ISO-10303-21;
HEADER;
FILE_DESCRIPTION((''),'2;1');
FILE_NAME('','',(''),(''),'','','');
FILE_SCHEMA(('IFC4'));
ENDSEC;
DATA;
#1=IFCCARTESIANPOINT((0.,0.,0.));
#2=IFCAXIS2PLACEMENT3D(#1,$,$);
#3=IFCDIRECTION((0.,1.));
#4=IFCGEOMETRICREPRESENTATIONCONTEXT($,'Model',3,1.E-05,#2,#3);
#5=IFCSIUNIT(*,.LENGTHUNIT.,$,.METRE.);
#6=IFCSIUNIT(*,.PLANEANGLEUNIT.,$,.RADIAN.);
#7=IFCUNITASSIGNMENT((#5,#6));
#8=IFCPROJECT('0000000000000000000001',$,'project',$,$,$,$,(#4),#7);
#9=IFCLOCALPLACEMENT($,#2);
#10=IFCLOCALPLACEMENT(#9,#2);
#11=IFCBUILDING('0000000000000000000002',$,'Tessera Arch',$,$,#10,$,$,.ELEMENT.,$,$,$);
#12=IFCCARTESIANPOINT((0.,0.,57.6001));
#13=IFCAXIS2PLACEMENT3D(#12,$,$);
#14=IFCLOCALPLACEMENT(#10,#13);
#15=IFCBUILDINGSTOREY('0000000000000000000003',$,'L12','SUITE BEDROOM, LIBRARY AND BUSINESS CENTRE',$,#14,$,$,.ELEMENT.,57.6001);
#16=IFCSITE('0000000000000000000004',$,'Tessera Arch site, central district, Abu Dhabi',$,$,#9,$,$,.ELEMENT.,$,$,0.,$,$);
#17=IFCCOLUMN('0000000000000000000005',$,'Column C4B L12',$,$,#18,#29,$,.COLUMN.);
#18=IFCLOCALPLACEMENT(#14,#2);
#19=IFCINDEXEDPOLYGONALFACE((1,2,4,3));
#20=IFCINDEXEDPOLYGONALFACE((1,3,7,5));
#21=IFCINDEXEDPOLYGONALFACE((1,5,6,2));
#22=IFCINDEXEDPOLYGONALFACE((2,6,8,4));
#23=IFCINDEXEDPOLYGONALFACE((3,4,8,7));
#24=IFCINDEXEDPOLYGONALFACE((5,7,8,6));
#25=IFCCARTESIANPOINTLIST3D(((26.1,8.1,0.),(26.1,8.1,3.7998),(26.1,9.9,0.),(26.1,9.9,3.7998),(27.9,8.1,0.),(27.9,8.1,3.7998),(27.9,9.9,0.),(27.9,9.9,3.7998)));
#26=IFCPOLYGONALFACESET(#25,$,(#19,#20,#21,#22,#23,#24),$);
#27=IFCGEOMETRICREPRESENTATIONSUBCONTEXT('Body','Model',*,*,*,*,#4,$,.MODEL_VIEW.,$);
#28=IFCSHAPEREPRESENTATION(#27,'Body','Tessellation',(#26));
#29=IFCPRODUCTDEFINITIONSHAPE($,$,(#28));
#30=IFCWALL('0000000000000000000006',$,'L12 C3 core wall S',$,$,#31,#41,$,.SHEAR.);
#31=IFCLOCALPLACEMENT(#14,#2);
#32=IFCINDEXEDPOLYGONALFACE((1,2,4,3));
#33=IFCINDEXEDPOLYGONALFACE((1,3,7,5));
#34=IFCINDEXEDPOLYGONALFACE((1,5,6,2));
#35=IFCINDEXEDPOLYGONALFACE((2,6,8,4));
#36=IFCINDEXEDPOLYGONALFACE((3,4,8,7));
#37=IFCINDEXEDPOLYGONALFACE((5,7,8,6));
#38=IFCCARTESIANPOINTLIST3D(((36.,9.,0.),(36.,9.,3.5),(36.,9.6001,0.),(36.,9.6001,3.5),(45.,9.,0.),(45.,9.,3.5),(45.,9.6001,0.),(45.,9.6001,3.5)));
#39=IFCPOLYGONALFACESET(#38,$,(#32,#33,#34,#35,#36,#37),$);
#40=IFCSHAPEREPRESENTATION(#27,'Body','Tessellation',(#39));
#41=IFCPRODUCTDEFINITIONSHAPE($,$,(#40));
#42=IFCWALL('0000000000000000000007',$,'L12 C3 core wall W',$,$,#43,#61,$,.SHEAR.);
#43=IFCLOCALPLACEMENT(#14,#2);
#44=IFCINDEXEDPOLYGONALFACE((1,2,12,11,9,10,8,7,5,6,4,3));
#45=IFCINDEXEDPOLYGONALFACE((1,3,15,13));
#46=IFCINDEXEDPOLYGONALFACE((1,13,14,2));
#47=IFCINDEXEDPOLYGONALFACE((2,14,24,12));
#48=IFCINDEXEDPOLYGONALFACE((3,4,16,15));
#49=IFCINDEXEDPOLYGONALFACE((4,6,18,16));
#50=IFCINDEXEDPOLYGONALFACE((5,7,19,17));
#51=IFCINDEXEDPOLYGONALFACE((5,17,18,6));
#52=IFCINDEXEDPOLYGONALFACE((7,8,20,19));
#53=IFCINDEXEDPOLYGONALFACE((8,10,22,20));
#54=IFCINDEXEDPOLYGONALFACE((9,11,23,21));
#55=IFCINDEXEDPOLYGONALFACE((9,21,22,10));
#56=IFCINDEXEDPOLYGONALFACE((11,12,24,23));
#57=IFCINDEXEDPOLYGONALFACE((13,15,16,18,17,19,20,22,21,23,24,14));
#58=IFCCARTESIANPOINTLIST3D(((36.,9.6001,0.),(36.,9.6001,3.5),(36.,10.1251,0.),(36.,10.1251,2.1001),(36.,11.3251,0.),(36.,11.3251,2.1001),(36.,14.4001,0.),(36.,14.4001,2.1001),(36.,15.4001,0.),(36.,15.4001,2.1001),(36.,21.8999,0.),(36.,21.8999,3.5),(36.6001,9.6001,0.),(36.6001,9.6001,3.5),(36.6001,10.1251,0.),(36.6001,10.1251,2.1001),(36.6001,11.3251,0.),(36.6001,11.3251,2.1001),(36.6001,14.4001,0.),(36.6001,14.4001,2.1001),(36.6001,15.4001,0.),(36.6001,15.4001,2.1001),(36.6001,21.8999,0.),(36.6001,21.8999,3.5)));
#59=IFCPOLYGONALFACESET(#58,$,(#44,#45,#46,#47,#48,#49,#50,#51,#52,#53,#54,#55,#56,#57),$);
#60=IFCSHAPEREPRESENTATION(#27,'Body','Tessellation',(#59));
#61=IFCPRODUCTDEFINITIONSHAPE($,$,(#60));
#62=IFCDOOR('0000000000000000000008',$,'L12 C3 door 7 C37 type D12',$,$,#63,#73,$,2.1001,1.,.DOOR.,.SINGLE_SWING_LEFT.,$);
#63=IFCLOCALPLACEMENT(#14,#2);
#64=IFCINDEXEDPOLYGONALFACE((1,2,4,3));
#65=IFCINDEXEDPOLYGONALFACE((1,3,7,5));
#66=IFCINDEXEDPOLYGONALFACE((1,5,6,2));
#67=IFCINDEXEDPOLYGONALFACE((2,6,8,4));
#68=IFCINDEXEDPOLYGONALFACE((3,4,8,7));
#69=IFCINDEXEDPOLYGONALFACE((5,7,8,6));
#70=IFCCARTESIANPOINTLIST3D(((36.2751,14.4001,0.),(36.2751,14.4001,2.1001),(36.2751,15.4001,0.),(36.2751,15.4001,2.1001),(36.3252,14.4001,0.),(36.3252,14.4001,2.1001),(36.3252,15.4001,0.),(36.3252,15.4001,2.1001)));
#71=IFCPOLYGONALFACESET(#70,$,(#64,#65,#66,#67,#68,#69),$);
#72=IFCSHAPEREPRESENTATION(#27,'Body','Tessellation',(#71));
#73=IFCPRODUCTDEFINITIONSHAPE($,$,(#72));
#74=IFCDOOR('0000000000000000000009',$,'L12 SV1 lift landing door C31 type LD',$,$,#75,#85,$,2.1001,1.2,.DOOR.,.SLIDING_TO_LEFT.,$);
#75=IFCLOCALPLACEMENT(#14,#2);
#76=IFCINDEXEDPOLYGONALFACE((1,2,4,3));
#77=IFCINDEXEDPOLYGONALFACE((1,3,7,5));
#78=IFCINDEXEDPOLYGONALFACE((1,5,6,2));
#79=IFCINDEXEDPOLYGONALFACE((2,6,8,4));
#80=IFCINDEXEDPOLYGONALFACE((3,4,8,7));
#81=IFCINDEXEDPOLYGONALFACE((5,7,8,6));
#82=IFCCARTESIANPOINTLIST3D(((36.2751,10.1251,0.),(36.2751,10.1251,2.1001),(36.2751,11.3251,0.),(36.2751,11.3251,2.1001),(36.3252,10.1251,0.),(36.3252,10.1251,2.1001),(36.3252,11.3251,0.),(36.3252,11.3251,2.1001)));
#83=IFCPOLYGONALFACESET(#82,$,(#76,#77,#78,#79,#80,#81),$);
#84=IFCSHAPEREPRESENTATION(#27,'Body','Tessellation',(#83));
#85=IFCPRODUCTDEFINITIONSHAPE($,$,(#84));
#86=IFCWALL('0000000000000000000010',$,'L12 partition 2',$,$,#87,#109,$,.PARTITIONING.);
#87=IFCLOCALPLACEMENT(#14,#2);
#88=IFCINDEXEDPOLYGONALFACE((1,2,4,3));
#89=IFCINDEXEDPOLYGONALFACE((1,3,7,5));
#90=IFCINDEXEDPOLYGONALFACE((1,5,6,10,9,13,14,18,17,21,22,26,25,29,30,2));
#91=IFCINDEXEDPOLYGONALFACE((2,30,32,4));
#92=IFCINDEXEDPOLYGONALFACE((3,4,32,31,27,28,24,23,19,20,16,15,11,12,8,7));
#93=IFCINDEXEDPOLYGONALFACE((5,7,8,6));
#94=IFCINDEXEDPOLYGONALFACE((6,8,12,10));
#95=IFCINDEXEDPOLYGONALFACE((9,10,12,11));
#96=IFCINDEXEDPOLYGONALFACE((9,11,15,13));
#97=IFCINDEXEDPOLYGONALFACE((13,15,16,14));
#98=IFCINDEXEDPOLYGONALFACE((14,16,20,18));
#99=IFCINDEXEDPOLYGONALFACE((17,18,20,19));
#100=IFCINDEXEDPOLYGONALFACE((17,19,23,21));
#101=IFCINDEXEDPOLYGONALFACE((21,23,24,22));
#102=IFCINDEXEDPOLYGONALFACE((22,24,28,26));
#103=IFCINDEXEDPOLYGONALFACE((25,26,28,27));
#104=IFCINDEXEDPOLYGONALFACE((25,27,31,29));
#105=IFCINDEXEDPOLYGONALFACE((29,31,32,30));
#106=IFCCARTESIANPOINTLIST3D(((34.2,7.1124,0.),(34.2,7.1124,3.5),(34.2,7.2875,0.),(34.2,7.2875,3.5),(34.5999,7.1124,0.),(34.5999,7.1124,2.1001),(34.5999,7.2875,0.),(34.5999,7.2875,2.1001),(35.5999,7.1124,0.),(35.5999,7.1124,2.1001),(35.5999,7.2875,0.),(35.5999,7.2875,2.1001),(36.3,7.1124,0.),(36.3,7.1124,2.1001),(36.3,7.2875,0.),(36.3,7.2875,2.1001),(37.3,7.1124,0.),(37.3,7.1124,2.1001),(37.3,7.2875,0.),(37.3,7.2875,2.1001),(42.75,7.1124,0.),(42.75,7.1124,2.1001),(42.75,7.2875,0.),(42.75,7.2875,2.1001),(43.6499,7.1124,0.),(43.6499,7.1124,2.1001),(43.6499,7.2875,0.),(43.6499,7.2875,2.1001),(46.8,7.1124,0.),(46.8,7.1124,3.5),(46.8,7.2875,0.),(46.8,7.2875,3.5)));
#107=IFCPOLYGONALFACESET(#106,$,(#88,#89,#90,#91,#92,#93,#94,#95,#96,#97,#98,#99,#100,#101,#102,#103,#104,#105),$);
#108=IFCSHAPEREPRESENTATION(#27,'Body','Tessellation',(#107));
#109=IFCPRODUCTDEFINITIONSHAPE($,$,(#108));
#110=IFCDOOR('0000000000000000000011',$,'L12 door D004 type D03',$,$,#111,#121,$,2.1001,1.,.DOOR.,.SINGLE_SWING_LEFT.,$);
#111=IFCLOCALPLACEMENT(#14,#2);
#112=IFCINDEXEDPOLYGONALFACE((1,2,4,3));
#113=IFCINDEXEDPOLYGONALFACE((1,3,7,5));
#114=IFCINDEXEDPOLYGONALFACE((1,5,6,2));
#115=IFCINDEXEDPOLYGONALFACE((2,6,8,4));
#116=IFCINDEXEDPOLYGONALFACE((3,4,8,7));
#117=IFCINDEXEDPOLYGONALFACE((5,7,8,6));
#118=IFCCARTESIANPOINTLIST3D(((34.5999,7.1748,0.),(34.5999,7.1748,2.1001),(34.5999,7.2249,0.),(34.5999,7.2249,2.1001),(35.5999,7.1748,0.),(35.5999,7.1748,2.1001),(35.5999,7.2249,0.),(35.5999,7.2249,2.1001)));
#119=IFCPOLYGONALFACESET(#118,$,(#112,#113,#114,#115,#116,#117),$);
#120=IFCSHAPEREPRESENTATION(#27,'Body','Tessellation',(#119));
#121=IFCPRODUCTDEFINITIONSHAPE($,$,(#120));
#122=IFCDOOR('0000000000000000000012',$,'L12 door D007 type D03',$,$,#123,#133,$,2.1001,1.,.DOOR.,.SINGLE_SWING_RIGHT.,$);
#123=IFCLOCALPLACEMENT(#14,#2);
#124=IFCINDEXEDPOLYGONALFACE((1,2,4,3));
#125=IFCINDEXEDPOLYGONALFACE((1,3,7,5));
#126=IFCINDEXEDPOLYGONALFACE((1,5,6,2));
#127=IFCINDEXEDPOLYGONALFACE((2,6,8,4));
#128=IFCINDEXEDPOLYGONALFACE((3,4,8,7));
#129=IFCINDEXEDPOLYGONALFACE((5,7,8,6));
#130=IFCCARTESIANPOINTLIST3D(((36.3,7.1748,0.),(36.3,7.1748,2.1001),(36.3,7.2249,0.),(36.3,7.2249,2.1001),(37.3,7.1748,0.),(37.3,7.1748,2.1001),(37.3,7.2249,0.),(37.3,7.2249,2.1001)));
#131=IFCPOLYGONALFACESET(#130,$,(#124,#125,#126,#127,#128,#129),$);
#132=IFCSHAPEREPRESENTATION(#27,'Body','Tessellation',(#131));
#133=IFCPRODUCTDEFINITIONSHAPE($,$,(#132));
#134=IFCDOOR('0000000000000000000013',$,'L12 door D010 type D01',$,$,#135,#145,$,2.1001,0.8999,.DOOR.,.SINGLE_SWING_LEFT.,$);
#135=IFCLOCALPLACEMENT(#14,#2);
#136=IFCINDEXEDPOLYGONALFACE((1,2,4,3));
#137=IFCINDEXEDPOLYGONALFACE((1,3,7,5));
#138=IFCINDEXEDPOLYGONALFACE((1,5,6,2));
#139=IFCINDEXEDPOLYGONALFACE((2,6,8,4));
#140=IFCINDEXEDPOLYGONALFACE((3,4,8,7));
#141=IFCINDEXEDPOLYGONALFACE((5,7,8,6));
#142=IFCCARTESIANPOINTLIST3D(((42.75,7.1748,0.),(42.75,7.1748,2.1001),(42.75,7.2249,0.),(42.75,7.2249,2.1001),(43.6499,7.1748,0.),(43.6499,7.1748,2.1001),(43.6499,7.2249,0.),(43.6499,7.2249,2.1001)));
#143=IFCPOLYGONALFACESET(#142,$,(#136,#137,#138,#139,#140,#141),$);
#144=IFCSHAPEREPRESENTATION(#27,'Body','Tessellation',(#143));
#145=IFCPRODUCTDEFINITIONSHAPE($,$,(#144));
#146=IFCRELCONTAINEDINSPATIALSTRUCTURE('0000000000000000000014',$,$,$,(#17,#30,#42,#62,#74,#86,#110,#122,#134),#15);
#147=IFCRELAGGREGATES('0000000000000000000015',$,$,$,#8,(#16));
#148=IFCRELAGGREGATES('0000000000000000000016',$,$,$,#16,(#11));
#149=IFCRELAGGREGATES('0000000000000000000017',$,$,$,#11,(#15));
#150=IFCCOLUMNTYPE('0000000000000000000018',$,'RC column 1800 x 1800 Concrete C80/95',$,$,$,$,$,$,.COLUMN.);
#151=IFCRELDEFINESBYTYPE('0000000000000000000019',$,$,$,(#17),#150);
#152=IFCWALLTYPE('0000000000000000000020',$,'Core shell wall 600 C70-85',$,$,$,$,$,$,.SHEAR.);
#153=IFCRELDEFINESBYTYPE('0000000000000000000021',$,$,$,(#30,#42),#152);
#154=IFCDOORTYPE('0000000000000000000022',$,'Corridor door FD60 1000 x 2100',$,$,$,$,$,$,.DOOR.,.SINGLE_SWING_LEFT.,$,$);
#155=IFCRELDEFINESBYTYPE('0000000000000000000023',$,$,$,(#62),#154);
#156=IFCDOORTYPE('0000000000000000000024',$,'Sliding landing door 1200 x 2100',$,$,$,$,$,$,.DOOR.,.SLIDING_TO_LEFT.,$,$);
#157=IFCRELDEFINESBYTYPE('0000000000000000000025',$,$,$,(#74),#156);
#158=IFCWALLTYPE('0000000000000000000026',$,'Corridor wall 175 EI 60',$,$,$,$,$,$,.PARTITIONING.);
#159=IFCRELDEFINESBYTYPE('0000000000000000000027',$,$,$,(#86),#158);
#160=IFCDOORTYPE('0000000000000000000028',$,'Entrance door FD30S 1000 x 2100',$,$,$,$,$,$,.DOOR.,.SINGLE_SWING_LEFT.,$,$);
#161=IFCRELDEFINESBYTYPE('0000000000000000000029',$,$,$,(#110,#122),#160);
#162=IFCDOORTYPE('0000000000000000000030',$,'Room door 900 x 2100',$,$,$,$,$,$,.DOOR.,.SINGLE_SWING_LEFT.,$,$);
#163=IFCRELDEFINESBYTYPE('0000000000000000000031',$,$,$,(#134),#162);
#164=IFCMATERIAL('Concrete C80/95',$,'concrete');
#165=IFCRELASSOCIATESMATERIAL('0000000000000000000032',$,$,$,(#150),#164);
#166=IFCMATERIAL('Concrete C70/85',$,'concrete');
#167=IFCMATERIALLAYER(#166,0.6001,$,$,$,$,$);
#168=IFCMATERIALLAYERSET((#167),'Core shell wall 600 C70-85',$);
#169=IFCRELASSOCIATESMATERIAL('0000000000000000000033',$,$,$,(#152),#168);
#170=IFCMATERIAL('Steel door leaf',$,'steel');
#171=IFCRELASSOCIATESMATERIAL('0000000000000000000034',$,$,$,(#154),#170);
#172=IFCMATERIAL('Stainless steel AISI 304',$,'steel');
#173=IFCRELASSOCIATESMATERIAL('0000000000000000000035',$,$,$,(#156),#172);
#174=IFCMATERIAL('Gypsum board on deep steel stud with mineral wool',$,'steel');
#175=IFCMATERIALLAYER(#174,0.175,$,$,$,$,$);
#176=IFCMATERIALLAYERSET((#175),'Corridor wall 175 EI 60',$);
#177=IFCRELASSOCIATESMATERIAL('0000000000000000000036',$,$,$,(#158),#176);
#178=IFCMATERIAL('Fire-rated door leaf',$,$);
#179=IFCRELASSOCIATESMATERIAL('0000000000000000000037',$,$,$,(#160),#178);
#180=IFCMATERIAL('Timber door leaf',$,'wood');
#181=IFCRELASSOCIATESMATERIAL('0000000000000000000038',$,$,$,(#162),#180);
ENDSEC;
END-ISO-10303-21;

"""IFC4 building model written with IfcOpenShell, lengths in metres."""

from ifc_helpers import new_model, si_unit, direction, frame, frame_2d, origin, origin_2d, place, context, subcontext, project, spatial, rectangle, extrude, material, layer, layer_set, material_profile, profile_set, type_object, element, fill, save


model = new_model("IFC4")

# Units and contexts
model_context = context("Model", 3, precision=1e-05, world=origin(), true_north=direction((0.0, 1.0)))
body_context = subcontext(model_context, "Body", "Model", "MODEL_VIEW")
ifc_project = project(units=[si_unit("LENGTHUNIT", "METRE"), si_unit("PLANEANGLEUNIT", "RADIAN")], contexts=[model_context])

# Site, building, storey
site_placement = place(None, origin())
site = spatial("IfcSite", under=ifc_project, at=site_placement, Name="Tessera Arch site, central district, Abu Dhabi", CompositionType="ELEMENT", RefElevation=0.0)
building_placement = place(site_placement, origin())
building = spatial("IfcBuilding", under=site, at=building_placement, Name="Tessera Arch", CompositionType="ELEMENT")
storey_placement = place(building_placement, frame((0.0, 0.0, 57.6001)))
storey = spatial("IfcBuildingStorey", under=building, at=storey_placement, Name="L12", Description="SUITE BEDROOM, LIBRARY AND BUSINESS CENTRE", CompositionType="ELEMENT", Elevation=57.6001)

# Column
ifc_material_1 = material(Name="Concrete C80/95", Category="concrete")
ifc_material_profile = material_profile(ifc_material_1, rectangle(XDim=1.8, YDim=1.8, at=origin_2d()), Name="RC column 1800 x 1800 Concrete C80/95")
ifc_profile_set = profile_set([ifc_material_profile], Name="Concrete C80/95")
column_type = type_object("IfcColumnType", Name="RC column 1800 x 1800 Concrete C80/95", PredefinedType="COLUMN", material=ifc_profile_set)
column_placement = place(storey_placement, frame((27.0, 9.0, 0.0), z_axis=(0.0, 0.0, 1.0), x_axis=(1.0, 0.0, 0.0)))
element("IfcColumn", 1, at=column_placement, inside=storey, type_object=column_type, Name="Column C4B L12", PredefinedType="COLUMN", context=body_context, shape_type="SweptSolid", body=[
    extrude(rectangle(XDim=1.8, YDim=1.8, at=origin_2d()), origin(), (0.0, 0.0, 1.0), 3.7998),
])

# Wall
ifc_material_2 = material(Name="Concrete C70/85", Category="concrete")
ifc_layer_1 = layer(ifc_material_2, 0.6001)
ifc_layer_set_1 = layer_set([ifc_layer_1], Name="Core shell wall 600 C70-85")
wall_type_1 = type_object("IfcWallType", Name="Core shell wall 600 C70-85", PredefinedType="SHEAR", material=ifc_layer_set_1)
wall_1_placement = place(storey_placement, frame((36.0, 9.3, 0.0), z_axis=(0.0, 0.0, 1.0), x_axis=(1.0, 0.0, 0.0)))
element("IfcWall", 2, at=wall_1_placement, inside=storey, type_object=wall_type_1, Name="L12 C3 core wall S", PredefinedType="SHEAR", context=body_context, shape_type="SweptSolid", body=[
    extrude(rectangle(XDim=9.0, YDim=0.6001, at=frame_2d((4.5, 0.0))), origin(), (0.0, 0.0, 1.0), 3.5),
])

# Walls, openings, doors
wall_2_placement = place(storey_placement, frame((36.3, 9.6001, 0.0), z_axis=(0.0, 0.0, 1.0), x_axis=(0.0, 1.0, 0.0)))
wall_2 = element("IfcWall", 3, at=wall_2_placement, inside=storey, type_object=wall_type_1, Name="L12 C3 core wall W", PredefinedType="SHEAR", context=body_context, shape_type="SweptSolid", body=[
    extrude(rectangle(XDim=12.2998, YDim=0.6001, at=frame_2d((6.1499, 0.0))), origin(), (0.0, 0.0, 1.0), 3.5),
])
opening_1_placement = place(wall_2_placement, frame((0.5249, 0.0, 0.0)))
opening_1 = element("IfcOpeningElement", 4, at=opening_1_placement, cuts=wall_2, PredefinedType="OPENING", context=body_context, shape_type="SweptSolid", body=[
    extrude(rectangle(XDim=1.2, YDim=2.1001, at=frame_2d((0.6001, 1.05))), frame((0.0, 0.3101, 0.0), z_axis=(0.0, -1.0, 0.0), x_axis=(1.0, 0.0, 0.0)), (0.0, 0.0, 1.0), 0.6201),
])
opening_2_placement = place(wall_2_placement, frame((4.8, 0.0, 0.0)))
opening_2 = element("IfcOpeningElement", 5, at=opening_2_placement, cuts=wall_2, PredefinedType="OPENING", context=body_context, shape_type="SweptSolid", body=[
    extrude(rectangle(XDim=1.0, YDim=2.1001, at=frame_2d((0.5, 1.05))), frame((0.0, 0.3101, 0.0), z_axis=(0.0, -1.0, 0.0), x_axis=(1.0, 0.0, 0.0)), (0.0, 0.0, 1.0), 0.6201),
])
ifc_material_3 = material(Name="Steel door leaf", Category="steel")
door_type_1 = type_object("IfcDoorType", Name="Corridor door FD60 1000 x 2100", OperationType="SINGLE_SWING_LEFT", PredefinedType="DOOR", material=ifc_material_3)
door_1_placement = place(opening_2_placement, origin())
door_1 = element("IfcDoor", 6, at=door_1_placement, inside=storey, type_object=door_type_1, Name="L12 C3 door 7 C37 type D12", OperationType="SINGLE_SWING_LEFT", OverallHeight=2.1001, OverallWidth=1.0, PredefinedType="DOOR", context=body_context, shape_type="SweptSolid", body=[
    extrude(rectangle(XDim=1.0, YDim=2.1001, at=frame_2d((0.5, 1.05))), frame((0.0, 0.0249, 0.0), z_axis=(0.0, -1.0, 0.0), x_axis=(1.0, 0.0, 0.0)), (0.0, 0.0, 1.0), 0.05),
])
fill(opening_2, door_1)
ifc_material_4 = material(Name="Stainless steel AISI 304", Category="steel")
door_type_2 = type_object("IfcDoorType", Name="Sliding landing door 1200 x 2100", OperationType="SLIDING_TO_LEFT", PredefinedType="DOOR", material=ifc_material_4)
door_2_placement = place(opening_1_placement, origin())
door_2 = element("IfcDoor", 7, at=door_2_placement, inside=storey, type_object=door_type_2, Name="L12 SV1 lift landing door C31 type LD", OperationType="SLIDING_TO_LEFT", OverallHeight=2.1001, OverallWidth=1.2, PredefinedType="DOOR", context=body_context, shape_type="SweptSolid", body=[
    extrude(rectangle(XDim=1.2, YDim=2.1001, at=frame_2d((0.6001, 1.05))), frame((0.0, 0.0249, 0.0), z_axis=(0.0, -1.0, 0.0), x_axis=(1.0, 0.0, 0.0)), (0.0, 0.0, 1.0), 0.05),
])
fill(opening_1, door_2)
ifc_material_5 = material(Name="Gypsum board on deep steel stud with mineral wool", Category="steel")
ifc_layer_2 = layer(ifc_material_5, 0.175)
ifc_layer_set_2 = layer_set([ifc_layer_2], Name="Corridor wall 175 EI 60")
wall_type_2 = type_object("IfcWallType", Name="Corridor wall 175 EI 60", PredefinedType="PARTITIONING", material=ifc_layer_set_2)
wall_3_placement = place(storey_placement, frame((34.2, 7.2, 0.0), z_axis=(0.0, 0.0, 1.0), x_axis=(1.0, 0.0, 0.0)))
wall_3 = element("IfcWall", 8, at=wall_3_placement, inside=storey, type_object=wall_type_2, Name="L12 partition 2", PredefinedType="PARTITIONING", context=body_context, shape_type="SweptSolid", body=[
    extrude(rectangle(XDim=12.6001, YDim=0.175, at=frame_2d((6.3, 0.0))), origin(), (0.0, 0.0, 1.0), 3.5),
])
opening_3_placement = place(wall_3_placement, frame((0.3999, 0.0, 0.0)))
opening_3 = element("IfcOpeningElement", 9, at=opening_3_placement, cuts=wall_3, PredefinedType="OPENING", context=body_context, shape_type="SweptSolid", body=[
    extrude(rectangle(XDim=1.0, YDim=2.1001, at=frame_2d((0.5, 1.05))), frame((0.0, 0.0974, 0.0), z_axis=(0.0, -1.0, 0.0), x_axis=(1.0, 0.0, 0.0)), (0.0, 0.0, 1.0), 0.1951),
])
opening_4_placement = place(wall_3_placement, frame((2.1001, 0.0, 0.0)))
opening_4 = element("IfcOpeningElement", 10, at=opening_4_placement, cuts=wall_3, PredefinedType="OPENING", context=body_context, shape_type="SweptSolid", body=[
    extrude(rectangle(XDim=1.0, YDim=2.1001, at=frame_2d((0.5, 1.05))), frame((0.0, 0.0974, 0.0), z_axis=(0.0, -1.0, 0.0), x_axis=(1.0, 0.0, 0.0)), (0.0, 0.0, 1.0), 0.1951),
])
opening_5_placement = place(wall_3_placement, frame((8.55, 0.0, 0.0)))
opening_5 = element("IfcOpeningElement", 11, at=opening_5_placement, cuts=wall_3, PredefinedType="OPENING", context=body_context, shape_type="SweptSolid", body=[
    extrude(rectangle(XDim=0.8999, YDim=2.1001, at=frame_2d((0.45, 1.05))), frame((0.0, 0.0974, 0.0), z_axis=(0.0, -1.0, 0.0), x_axis=(1.0, 0.0, 0.0)), (0.0, 0.0, 1.0), 0.1951),
])
ifc_material_6 = material(Name="Fire-rated door leaf")
door_type_3 = type_object("IfcDoorType", Name="Entrance door FD30S 1000 x 2100", OperationType="SINGLE_SWING_LEFT", PredefinedType="DOOR", material=ifc_material_6)
door_3_placement = place(opening_3_placement, origin())
door_3 = element("IfcDoor", 12, at=door_3_placement, inside=storey, type_object=door_type_3, Name="L12 door D004 type D03", OperationType="SINGLE_SWING_LEFT", OverallHeight=2.1001, OverallWidth=1.0, PredefinedType="DOOR", context=body_context, shape_type="SweptSolid", body=[
    extrude(rectangle(XDim=1.0, YDim=2.1001, at=frame_2d((0.5, 1.05))), frame((0.0, 0.0249, 0.0), z_axis=(0.0, -1.0, 0.0), x_axis=(1.0, 0.0, 0.0)), (0.0, 0.0, 1.0), 0.05),
])
fill(opening_3, door_3)
door_4_placement = place(opening_4_placement, origin())
door_4 = element("IfcDoor", 13, at=door_4_placement, inside=storey, type_object=door_type_3, Name="L12 door D007 type D03", OperationType="SINGLE_SWING_RIGHT", OverallHeight=2.1001, OverallWidth=1.0, PredefinedType="DOOR", context=body_context, shape_type="SweptSolid", body=[
    extrude(rectangle(XDim=1.0, YDim=2.1001, at=frame_2d((0.5, 1.05))), frame((0.0, 0.0249, 0.0), z_axis=(0.0, -1.0, 0.0), x_axis=(1.0, 0.0, 0.0)), (0.0, 0.0, 1.0), 0.05),
])
fill(opening_4, door_4)
ifc_material_7 = material(Name="Timber door leaf", Category="wood")
door_type_4 = type_object("IfcDoorType", Name="Room door 900 x 2100", OperationType="SINGLE_SWING_LEFT", PredefinedType="DOOR", material=ifc_material_7)
door_5_placement = place(opening_5_placement, origin())
door_5 = element("IfcDoor", 14, at=door_5_placement, inside=storey, type_object=door_type_4, Name="L12 door D010 type D01", OperationType="SINGLE_SWING_LEFT", OverallHeight=2.1001, OverallWidth=0.8999, PredefinedType="DOOR", context=body_context, shape_type="SweptSolid", body=[
    extrude(rectangle(XDim=0.8999, YDim=2.1001, at=frame_2d((0.45, 1.05))), frame((0.0, 0.0249, 0.0), z_axis=(0.0, -1.0, 0.0), x_axis=(1.0, 0.0, 0.0)), (0.0, 0.0, 1.0), 0.05),
])
fill(opening_5, door_5)

save(model, "model.ifc")
